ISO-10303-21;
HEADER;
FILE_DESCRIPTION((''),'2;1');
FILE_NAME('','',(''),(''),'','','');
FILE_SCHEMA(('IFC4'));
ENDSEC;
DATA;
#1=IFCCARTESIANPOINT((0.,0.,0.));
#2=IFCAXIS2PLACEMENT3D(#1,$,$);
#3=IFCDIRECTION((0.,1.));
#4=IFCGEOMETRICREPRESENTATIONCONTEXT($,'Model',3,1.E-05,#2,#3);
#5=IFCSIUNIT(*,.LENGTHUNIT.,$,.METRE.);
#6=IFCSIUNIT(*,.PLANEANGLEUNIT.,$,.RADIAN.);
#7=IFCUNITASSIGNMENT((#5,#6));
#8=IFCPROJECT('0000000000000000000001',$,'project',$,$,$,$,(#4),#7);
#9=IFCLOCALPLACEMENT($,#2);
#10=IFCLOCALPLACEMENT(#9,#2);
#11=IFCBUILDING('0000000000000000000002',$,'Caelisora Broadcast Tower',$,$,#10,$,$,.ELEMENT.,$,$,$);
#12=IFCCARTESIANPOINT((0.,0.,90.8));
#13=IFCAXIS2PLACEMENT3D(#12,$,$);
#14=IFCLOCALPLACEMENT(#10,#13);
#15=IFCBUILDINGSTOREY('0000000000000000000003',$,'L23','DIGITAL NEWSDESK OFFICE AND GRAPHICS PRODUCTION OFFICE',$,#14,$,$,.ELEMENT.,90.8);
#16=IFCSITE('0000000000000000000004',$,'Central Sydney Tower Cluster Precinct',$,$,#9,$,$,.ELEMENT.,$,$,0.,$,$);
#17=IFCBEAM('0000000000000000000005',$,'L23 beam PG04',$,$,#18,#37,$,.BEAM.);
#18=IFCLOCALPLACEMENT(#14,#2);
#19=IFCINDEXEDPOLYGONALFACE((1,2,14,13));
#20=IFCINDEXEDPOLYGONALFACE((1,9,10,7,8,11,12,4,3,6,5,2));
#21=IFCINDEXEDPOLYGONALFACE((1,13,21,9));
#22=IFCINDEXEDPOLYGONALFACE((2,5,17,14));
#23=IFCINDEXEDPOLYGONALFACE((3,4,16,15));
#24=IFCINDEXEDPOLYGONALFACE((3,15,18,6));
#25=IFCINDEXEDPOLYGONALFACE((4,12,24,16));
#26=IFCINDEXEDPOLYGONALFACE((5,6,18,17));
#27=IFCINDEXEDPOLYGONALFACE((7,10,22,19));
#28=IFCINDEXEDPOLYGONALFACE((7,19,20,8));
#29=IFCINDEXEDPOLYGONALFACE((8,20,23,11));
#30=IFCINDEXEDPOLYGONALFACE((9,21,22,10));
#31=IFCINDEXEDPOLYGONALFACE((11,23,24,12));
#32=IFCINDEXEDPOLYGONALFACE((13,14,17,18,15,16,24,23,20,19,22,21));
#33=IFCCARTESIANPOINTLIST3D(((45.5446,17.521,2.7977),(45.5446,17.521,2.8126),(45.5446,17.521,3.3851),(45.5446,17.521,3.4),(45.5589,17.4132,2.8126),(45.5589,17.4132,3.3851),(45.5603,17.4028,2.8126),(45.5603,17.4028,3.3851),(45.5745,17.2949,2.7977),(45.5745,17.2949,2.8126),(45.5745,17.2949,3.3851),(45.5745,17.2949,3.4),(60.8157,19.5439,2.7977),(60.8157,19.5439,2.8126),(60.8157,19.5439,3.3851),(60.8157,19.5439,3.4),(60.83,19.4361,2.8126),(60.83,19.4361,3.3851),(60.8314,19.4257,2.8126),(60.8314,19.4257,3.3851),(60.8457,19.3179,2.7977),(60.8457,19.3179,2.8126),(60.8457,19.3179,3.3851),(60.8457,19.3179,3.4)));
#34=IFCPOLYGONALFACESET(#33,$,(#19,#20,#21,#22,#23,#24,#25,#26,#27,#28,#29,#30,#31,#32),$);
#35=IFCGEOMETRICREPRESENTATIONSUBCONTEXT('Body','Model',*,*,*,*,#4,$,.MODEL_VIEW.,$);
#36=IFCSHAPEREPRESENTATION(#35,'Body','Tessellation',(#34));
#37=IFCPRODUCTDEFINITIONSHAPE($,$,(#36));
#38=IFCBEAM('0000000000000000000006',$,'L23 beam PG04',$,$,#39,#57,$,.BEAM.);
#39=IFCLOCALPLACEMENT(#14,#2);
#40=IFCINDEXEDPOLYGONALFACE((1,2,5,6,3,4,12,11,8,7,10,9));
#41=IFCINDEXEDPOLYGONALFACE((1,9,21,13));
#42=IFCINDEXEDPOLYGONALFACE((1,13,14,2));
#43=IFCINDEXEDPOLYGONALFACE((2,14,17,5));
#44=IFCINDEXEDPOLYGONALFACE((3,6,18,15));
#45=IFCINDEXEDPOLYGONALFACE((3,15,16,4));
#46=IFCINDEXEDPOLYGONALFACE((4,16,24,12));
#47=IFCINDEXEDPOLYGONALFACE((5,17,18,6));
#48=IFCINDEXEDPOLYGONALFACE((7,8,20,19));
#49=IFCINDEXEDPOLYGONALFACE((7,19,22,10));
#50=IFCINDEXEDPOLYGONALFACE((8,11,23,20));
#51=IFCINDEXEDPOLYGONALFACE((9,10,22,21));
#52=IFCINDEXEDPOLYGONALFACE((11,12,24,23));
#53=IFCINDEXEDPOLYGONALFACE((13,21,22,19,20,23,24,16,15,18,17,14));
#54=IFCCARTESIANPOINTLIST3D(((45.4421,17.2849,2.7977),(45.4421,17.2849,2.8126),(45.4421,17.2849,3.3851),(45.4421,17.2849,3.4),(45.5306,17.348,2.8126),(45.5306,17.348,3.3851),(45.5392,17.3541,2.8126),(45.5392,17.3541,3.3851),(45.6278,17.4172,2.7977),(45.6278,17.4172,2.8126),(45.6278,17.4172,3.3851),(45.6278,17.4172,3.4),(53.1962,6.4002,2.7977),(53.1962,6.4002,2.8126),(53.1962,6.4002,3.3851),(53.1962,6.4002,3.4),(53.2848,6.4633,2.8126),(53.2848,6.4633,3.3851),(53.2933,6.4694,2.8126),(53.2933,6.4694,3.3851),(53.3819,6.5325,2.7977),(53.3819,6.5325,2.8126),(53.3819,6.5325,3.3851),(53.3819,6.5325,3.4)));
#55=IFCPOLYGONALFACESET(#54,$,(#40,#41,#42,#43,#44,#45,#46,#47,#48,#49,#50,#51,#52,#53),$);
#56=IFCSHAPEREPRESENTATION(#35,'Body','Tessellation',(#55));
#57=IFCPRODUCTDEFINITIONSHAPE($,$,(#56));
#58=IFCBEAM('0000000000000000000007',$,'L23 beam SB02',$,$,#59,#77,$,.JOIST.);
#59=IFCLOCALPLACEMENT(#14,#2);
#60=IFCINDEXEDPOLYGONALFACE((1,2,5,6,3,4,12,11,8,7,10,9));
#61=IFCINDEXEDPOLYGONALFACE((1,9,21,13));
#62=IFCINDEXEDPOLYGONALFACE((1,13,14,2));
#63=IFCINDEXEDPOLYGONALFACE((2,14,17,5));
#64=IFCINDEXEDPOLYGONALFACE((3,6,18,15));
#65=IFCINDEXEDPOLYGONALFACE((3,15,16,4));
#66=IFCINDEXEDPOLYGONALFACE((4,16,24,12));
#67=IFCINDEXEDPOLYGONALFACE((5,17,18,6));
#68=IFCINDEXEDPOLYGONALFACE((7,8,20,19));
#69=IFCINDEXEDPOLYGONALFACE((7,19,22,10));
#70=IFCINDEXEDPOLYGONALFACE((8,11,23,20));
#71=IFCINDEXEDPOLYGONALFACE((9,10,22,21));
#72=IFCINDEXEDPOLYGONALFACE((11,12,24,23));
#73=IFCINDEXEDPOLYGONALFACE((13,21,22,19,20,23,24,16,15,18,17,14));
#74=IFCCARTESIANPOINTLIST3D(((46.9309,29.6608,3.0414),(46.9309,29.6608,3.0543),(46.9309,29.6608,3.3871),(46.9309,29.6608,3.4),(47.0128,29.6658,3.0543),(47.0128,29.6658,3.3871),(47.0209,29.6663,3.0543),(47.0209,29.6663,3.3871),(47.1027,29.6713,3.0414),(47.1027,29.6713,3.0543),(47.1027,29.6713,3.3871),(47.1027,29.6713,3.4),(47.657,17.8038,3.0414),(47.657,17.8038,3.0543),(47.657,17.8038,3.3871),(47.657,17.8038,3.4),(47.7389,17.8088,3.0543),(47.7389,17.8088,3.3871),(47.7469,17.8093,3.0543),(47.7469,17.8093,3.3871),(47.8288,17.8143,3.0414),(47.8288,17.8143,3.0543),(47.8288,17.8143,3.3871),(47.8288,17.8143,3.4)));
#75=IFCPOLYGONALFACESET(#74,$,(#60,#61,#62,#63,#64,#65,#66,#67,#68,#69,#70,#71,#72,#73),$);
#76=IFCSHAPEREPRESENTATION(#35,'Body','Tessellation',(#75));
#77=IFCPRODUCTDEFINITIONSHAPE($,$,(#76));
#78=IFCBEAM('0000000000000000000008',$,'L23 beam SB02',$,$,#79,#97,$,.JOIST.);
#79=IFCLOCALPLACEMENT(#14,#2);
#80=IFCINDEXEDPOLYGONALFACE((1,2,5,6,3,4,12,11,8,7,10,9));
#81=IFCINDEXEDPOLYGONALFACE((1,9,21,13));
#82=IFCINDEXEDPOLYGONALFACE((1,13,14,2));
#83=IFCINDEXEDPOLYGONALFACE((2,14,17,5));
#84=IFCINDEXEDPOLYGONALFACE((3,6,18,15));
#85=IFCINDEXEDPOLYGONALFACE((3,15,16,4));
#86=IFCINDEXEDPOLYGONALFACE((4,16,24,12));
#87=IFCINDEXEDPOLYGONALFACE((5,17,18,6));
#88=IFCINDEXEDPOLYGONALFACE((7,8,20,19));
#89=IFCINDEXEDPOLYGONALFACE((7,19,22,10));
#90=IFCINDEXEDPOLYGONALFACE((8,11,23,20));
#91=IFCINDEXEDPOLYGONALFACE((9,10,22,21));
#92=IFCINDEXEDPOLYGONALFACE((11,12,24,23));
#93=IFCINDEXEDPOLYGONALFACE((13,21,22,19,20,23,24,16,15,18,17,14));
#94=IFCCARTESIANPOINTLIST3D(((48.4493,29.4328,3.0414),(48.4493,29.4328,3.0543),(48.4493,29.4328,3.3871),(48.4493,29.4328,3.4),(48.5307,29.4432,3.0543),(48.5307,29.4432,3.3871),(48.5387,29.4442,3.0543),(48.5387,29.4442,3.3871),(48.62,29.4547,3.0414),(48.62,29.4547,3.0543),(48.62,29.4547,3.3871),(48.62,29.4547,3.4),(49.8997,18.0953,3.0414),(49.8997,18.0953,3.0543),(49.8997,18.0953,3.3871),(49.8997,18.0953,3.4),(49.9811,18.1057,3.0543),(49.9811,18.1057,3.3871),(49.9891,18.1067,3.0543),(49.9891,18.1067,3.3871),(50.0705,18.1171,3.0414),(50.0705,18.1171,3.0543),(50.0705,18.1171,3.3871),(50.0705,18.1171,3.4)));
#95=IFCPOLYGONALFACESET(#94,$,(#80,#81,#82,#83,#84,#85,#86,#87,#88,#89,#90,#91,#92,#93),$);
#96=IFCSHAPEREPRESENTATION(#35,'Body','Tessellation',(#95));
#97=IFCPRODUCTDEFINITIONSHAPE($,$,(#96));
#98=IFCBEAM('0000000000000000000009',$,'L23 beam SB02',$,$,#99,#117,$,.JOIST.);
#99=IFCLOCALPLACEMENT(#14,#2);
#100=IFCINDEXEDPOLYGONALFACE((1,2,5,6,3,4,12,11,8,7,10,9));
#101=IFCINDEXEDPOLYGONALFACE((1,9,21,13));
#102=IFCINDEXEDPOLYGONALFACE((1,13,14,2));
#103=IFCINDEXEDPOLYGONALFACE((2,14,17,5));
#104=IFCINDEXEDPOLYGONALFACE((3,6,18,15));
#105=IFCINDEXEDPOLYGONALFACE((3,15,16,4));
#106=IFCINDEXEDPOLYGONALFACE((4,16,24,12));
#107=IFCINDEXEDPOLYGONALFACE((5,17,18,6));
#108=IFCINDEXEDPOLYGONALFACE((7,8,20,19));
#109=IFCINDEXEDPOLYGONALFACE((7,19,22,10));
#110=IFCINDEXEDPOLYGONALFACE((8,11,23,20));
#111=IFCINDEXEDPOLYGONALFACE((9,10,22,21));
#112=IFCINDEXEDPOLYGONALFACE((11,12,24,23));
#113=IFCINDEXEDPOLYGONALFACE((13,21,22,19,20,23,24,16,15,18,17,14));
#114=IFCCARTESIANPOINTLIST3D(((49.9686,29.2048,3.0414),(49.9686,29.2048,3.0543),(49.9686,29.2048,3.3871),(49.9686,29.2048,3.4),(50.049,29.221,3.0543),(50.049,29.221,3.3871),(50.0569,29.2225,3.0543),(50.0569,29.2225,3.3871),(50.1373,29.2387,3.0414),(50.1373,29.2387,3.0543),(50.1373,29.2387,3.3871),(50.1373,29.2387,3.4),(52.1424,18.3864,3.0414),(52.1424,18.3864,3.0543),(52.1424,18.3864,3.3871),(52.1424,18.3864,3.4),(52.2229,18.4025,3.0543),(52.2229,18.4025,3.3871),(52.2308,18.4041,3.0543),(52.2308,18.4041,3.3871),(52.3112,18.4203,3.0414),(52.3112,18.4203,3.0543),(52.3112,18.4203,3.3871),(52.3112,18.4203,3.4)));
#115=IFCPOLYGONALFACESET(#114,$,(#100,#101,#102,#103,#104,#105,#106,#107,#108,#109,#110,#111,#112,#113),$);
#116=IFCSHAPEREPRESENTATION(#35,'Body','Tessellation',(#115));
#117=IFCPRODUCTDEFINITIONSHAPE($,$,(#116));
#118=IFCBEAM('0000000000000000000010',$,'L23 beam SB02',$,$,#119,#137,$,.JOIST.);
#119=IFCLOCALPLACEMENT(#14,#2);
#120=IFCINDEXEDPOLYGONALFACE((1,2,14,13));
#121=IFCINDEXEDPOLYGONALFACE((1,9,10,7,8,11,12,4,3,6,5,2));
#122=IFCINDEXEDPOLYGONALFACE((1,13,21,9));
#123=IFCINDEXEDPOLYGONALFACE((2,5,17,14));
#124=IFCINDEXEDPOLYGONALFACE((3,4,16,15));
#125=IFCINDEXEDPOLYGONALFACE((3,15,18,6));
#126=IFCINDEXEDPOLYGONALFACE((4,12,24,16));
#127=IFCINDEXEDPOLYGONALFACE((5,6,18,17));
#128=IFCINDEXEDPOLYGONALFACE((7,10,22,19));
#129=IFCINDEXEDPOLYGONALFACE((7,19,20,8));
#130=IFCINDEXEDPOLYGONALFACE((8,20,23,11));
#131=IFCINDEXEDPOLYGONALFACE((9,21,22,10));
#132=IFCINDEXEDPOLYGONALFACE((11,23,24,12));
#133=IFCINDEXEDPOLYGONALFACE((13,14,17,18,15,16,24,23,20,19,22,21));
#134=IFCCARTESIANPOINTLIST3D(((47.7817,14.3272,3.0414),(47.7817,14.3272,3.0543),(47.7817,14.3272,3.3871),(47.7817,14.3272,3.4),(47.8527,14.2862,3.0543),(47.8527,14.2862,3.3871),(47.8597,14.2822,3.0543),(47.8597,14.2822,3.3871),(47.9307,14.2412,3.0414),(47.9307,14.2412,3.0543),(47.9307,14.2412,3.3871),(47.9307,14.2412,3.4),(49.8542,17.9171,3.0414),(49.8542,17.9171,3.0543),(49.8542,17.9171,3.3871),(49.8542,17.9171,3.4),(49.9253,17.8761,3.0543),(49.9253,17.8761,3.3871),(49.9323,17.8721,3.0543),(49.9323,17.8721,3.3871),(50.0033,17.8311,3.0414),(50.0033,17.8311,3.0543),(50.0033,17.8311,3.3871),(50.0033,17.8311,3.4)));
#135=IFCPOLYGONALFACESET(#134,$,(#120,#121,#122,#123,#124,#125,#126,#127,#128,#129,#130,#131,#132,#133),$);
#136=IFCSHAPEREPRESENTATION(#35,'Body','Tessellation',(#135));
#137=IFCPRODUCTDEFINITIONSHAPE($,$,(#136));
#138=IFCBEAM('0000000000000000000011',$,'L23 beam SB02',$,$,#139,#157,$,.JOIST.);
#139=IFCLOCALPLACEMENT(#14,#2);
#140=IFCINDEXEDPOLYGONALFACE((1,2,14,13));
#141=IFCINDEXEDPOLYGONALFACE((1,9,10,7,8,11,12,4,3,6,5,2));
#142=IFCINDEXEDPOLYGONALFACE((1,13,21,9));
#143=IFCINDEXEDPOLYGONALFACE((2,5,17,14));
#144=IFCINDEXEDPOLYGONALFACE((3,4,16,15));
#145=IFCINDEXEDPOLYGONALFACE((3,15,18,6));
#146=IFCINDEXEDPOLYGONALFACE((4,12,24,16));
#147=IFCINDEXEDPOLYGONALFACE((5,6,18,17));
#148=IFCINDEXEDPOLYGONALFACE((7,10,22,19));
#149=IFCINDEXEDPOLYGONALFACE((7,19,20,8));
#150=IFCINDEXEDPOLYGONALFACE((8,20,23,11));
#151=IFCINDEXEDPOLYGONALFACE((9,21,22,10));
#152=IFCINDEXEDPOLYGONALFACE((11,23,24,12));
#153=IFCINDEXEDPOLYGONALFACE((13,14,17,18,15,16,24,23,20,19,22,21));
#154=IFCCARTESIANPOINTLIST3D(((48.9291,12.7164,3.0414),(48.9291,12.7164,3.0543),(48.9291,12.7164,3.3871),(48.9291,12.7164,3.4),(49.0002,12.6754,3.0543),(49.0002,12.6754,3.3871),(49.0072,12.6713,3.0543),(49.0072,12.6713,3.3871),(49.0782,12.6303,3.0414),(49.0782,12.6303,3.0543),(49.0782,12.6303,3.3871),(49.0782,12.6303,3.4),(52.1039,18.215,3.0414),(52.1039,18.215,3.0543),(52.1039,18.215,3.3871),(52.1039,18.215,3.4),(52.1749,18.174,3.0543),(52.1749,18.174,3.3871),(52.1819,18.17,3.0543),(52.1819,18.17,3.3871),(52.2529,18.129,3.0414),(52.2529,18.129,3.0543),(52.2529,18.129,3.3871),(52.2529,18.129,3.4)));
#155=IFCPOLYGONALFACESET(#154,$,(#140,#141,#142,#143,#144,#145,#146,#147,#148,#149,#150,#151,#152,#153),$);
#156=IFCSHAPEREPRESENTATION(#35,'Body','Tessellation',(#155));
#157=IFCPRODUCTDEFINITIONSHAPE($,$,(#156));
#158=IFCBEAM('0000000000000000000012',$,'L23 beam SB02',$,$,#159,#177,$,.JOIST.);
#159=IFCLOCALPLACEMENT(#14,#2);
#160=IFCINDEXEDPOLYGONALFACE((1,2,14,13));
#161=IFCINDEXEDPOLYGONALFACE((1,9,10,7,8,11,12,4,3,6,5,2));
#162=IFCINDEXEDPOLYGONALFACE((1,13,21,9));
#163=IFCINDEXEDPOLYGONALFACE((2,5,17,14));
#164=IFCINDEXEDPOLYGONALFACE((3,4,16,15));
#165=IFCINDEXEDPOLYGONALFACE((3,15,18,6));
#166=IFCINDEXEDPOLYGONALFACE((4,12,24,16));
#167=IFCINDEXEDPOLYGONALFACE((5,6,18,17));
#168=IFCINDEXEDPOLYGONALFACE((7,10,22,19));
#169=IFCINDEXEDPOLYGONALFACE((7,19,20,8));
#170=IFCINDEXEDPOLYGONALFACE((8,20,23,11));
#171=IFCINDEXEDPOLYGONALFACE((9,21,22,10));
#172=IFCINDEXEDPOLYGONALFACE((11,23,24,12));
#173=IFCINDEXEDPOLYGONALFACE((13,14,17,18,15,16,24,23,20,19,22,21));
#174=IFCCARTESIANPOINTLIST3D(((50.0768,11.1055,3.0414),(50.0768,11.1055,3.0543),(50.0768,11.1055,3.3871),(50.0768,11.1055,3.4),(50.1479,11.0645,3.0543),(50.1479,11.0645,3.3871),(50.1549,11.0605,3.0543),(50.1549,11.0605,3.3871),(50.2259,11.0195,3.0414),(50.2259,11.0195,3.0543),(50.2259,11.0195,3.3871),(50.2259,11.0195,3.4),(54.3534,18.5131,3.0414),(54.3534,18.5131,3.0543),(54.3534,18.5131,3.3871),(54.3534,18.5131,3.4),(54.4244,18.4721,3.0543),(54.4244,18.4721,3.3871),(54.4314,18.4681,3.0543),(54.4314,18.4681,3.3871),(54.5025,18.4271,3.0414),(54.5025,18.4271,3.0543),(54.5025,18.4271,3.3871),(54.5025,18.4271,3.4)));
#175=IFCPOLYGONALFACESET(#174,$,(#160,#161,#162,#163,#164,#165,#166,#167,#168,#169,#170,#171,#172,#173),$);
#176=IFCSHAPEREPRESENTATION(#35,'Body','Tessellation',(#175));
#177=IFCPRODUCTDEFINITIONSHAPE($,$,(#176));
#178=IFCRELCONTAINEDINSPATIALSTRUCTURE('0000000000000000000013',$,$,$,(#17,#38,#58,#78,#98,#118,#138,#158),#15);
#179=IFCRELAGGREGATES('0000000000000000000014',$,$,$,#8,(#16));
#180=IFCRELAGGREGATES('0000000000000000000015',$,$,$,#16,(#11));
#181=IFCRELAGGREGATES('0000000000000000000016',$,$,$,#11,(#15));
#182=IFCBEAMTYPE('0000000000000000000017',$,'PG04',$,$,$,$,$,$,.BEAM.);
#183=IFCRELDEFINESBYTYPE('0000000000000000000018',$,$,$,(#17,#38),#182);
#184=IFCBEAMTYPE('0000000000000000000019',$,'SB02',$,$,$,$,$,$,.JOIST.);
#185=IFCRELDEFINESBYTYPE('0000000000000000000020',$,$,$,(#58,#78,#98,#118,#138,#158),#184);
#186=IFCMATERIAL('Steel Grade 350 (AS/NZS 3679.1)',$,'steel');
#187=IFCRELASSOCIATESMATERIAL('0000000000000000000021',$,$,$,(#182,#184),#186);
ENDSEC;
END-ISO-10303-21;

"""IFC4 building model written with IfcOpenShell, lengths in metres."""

from ifc_helpers import new_model, si_unit, direction, frame, origin, origin_2d, place, context, subcontext, project, spatial, i_section, extrude, source, transform, mapped, material, material_profile, profile_set, type_object, type_shapes, element, save


model = new_model("IFC4")

# Units and contexts
model_context = context("Model", 3, precision=1e-05, world=origin(), true_north=direction((0.0, 1.0)))
body_context = subcontext(model_context, "Body", "Model", "MODEL_VIEW")
ifc_project = project(units=[si_unit("LENGTHUNIT", "METRE"), si_unit("PLANEANGLEUNIT", "RADIAN")], contexts=[model_context])

# Site, building, storey
site_placement = place(None, origin())
site = spatial("IfcSite", under=ifc_project, at=site_placement, Name="Central Sydney Tower Cluster Precinct", CompositionType="ELEMENT", RefElevation=0.0)
building_placement = place(site_placement, origin())
building = spatial("IfcBuilding", under=site, at=building_placement, Name="Caelisora Broadcast Tower", CompositionType="ELEMENT")
storey_placement = place(building_placement, frame((0.0, 0.0, 90.8)))
storey = spatial("IfcBuildingStorey", under=building, at=storey_placement, Name="L23", Description="DIGITAL NEWSDESK OFFICE AND GRAPHICS PRODUCTION OFFICE", CompositionType="ELEMENT", Elevation=90.8)

# Beams
ifc_material_1 = material(Name="Steel Grade 350 (AS/NZS 3679.1)", Category="steel")
ifc_material_profile_1 = material_profile(ifc_material_1, i_section(OverallWidth=0.228, OverallDepth=0.6023, WebThickness=0.0105, FlangeThickness=0.0149, at=origin_2d()), Name="Steel Grade 350 (AS/NZS 3679.1)")
ifc_profile_set_1 = profile_set([ifc_material_profile_1], Name="Steel Grade 350 (AS/NZS 3679.1)")
beam_type_1 = type_object("IfcBeamType", Name="PG04", PredefinedType="BEAM", material=ifc_profile_set_1)
shared_shape_1 = source(origin(), body_context, "Body", "SweptSolid", [
    extrude(i_section(OverallWidth=0.228, OverallDepth=0.6023, WebThickness=0.0105, FlangeThickness=0.0149, at=origin_2d()), origin(), (0.0, 0.0, 1.0), 15.4045),
])
beam_1_placement = place(storey_placement, frame((45.5596, 17.408, 3.0989), z_axis=(0.99134, 0.131321, 0.0), x_axis=(-0.131321, 0.99134, 0.0)))
element("IfcBeam", 1, at=beam_1_placement, inside=storey, type_object=beam_type_1, Name="L23 beam PG04", PredefinedType="BEAM", context=body_context, shape_type="MappedRepresentation", body=[
    mapped(shared_shape_1, transform((0.0, 0.0, 0.0), scale=1.0)),
])
shared_shape_2 = source(origin(), body_context, "Body", "SweptSolid", [
    extrude(i_section(OverallWidth=0.228, OverallDepth=0.6023, WebThickness=0.0105, FlangeThickness=0.0149, at=origin_2d()), origin(), (0.0, 0.0, 1.0), 13.3643),
])
type_shapes(beam_type_1, [shared_shape_1, shared_shape_2])
beam_2_placement = place(storey_placement, frame((45.5349, 17.3511, 3.0989), z_axis=(0.580213, -0.814465, 0.0), x_axis=(0.814465, 0.580213, 0.0)))
element("IfcBeam", 2, at=beam_2_placement, inside=storey, type_object=beam_type_1, Name="L23 beam PG04", PredefinedType="BEAM", context=body_context, shape_type="MappedRepresentation", body=[
    mapped(shared_shape_2, transform((0.0, 0.0, 0.0), scale=1.0)),
])
ifc_material_profile_2 = material_profile(ifc_material_1, i_section(OverallWidth=0.1721, OverallDepth=0.3586, WebThickness=0.0081, FlangeThickness=0.0129, at=origin_2d()), Name="Steel Grade 350 (AS/NZS 3679.1)")
ifc_profile_set_2 = profile_set([ifc_material_profile_2], Name="Steel Grade 350 (AS/NZS 3679.1)")
beam_type_2 = type_object("IfcBeamType", Name="SB02", PredefinedType="JOIST", material=ifc_profile_set_2)
shared_shape_3 = source(origin(), body_context, "Body", "SweptSolid", [
    extrude(i_section(OverallWidth=0.1721, OverallDepth=0.3586, WebThickness=0.0081, FlangeThickness=0.0129, at=origin_2d()), origin(), (0.0, 0.0, 1.0), 11.8792),
])
beam_3_placement = place(storey_placement, frame((47.7429, 17.8091, 3.2207), z_axis=(-0.061122, 0.99813, 0.0), x_axis=(-0.99813, -0.061122, 0.0)))
element("IfcBeam", 3, at=beam_3_placement, inside=storey, type_object=beam_type_2, Name="L23 beam SB02", PredefinedType="JOIST", context=body_context, shape_type="MappedRepresentation", body=[
    mapped(shared_shape_3, transform((0.0, 0.0, 0.0), scale=1.0)),
])
shared_shape_4 = source(origin(), body_context, "Body", "SweptSolid", [
    extrude(i_section(OverallWidth=0.1721, OverallDepth=0.3586, WebThickness=0.0081, FlangeThickness=0.0129, at=origin_2d()), origin(), (0.0, 0.0, 1.0), 11.4299),
])
beam_4_placement = place(storey_placement, frame((49.9851, 18.1062, 3.2207), z_axis=(-0.126897, 0.991916, 0.0), x_axis=(-0.991916, -0.126897, 0.0)))
element("IfcBeam", 4, at=beam_4_placement, inside=storey, type_object=beam_type_2, Name="L23 beam SB02", PredefinedType="JOIST", context=body_context, shape_type="MappedRepresentation", body=[
    mapped(shared_shape_4, transform((0.0, 0.0, 0.0), scale=1.0)),
])
shared_shape_5 = source(origin(), body_context, "Body", "SweptSolid", [
    extrude(i_section(OverallWidth=0.1721, OverallDepth=0.3586, WebThickness=0.0081, FlangeThickness=0.0129, at=origin_2d()), origin(), (0.0, 0.0, 1.0), 11.0347),
])
beam_5_placement = place(storey_placement, frame((52.2268, 18.4033, 3.2207), z_axis=(-0.197001, 0.980403, 0.0), x_axis=(-0.980403, -0.197001, 0.0)))
element("IfcBeam", 5, at=beam_5_placement, inside=storey, type_object=beam_type_2, Name="L23 beam SB02", PredefinedType="JOIST", context=body_context, shape_type="MappedRepresentation", body=[
    mapped(shared_shape_5, transform((0.0, 0.0, 0.0), scale=1.0)),
])
shared_shape_6 = source(origin(), body_context, "Body", "SweptSolid", [
    extrude(i_section(OverallWidth=0.1721, OverallDepth=0.3586, WebThickness=0.0081, FlangeThickness=0.0129, at=origin_2d()), origin(), (0.0, 0.0, 1.0), 4.1453),
])
beam_6_placement = place(storey_placement, frame((47.8562, 14.2842, 3.2207), z_axis=(0.499984, 0.866035, 0.0), x_axis=(-0.866035, 0.499984, 0.0)))
element("IfcBeam", 6, at=beam_6_placement, inside=storey, type_object=beam_type_2, Name="L23 beam SB02", PredefinedType="JOIST", context=body_context, shape_type="MappedRepresentation", body=[
    mapped(shared_shape_6, transform((0.0, 0.0, 0.0), scale=1.0)),
])
shared_shape_7 = source(origin(), body_context, "Body", "SweptSolid", [
    extrude(i_section(OverallWidth=0.1721, OverallDepth=0.3586, WebThickness=0.0081, FlangeThickness=0.0129, at=origin_2d()), origin(), (0.0, 0.0, 1.0), 6.3494),
])
beam_7_placement = place(storey_placement, frame((49.0037, 12.6733, 3.2207), z_axis=(0.50001, 0.86602, 0.0), x_axis=(-0.86602, 0.50001, 0.0)))
element("IfcBeam", 7, at=beam_7_placement, inside=storey, type_object=beam_type_2, Name="L23 beam SB02", PredefinedType="JOIST", context=body_context, shape_type="MappedRepresentation", body=[
    mapped(shared_shape_7, transform((0.0, 0.0, 0.0), scale=1.0)),
])
shared_shape_8 = source(origin(), body_context, "Body", "SweptSolid", [
    extrude(i_section(OverallWidth=0.1721, OverallDepth=0.3586, WebThickness=0.0081, FlangeThickness=0.0129, at=origin_2d()), origin(), (0.0, 0.0, 1.0), 8.5535),
])
beam_8_placement = place(storey_placement, frame((50.1514, 11.0625, 3.2207), z_axis=(0.499979, 0.866037, 0.0), x_axis=(-0.866037, 0.499979, 0.0)))
element("IfcBeam", 8, at=beam_8_placement, inside=storey, type_object=beam_type_2, Name="L23 beam SB02", PredefinedType="JOIST", context=body_context, shape_type="MappedRepresentation", body=[
    mapped(shared_shape_8, transform((0.0, 0.0, 0.0), scale=1.0)),
])

save(model, "model.ifc")
